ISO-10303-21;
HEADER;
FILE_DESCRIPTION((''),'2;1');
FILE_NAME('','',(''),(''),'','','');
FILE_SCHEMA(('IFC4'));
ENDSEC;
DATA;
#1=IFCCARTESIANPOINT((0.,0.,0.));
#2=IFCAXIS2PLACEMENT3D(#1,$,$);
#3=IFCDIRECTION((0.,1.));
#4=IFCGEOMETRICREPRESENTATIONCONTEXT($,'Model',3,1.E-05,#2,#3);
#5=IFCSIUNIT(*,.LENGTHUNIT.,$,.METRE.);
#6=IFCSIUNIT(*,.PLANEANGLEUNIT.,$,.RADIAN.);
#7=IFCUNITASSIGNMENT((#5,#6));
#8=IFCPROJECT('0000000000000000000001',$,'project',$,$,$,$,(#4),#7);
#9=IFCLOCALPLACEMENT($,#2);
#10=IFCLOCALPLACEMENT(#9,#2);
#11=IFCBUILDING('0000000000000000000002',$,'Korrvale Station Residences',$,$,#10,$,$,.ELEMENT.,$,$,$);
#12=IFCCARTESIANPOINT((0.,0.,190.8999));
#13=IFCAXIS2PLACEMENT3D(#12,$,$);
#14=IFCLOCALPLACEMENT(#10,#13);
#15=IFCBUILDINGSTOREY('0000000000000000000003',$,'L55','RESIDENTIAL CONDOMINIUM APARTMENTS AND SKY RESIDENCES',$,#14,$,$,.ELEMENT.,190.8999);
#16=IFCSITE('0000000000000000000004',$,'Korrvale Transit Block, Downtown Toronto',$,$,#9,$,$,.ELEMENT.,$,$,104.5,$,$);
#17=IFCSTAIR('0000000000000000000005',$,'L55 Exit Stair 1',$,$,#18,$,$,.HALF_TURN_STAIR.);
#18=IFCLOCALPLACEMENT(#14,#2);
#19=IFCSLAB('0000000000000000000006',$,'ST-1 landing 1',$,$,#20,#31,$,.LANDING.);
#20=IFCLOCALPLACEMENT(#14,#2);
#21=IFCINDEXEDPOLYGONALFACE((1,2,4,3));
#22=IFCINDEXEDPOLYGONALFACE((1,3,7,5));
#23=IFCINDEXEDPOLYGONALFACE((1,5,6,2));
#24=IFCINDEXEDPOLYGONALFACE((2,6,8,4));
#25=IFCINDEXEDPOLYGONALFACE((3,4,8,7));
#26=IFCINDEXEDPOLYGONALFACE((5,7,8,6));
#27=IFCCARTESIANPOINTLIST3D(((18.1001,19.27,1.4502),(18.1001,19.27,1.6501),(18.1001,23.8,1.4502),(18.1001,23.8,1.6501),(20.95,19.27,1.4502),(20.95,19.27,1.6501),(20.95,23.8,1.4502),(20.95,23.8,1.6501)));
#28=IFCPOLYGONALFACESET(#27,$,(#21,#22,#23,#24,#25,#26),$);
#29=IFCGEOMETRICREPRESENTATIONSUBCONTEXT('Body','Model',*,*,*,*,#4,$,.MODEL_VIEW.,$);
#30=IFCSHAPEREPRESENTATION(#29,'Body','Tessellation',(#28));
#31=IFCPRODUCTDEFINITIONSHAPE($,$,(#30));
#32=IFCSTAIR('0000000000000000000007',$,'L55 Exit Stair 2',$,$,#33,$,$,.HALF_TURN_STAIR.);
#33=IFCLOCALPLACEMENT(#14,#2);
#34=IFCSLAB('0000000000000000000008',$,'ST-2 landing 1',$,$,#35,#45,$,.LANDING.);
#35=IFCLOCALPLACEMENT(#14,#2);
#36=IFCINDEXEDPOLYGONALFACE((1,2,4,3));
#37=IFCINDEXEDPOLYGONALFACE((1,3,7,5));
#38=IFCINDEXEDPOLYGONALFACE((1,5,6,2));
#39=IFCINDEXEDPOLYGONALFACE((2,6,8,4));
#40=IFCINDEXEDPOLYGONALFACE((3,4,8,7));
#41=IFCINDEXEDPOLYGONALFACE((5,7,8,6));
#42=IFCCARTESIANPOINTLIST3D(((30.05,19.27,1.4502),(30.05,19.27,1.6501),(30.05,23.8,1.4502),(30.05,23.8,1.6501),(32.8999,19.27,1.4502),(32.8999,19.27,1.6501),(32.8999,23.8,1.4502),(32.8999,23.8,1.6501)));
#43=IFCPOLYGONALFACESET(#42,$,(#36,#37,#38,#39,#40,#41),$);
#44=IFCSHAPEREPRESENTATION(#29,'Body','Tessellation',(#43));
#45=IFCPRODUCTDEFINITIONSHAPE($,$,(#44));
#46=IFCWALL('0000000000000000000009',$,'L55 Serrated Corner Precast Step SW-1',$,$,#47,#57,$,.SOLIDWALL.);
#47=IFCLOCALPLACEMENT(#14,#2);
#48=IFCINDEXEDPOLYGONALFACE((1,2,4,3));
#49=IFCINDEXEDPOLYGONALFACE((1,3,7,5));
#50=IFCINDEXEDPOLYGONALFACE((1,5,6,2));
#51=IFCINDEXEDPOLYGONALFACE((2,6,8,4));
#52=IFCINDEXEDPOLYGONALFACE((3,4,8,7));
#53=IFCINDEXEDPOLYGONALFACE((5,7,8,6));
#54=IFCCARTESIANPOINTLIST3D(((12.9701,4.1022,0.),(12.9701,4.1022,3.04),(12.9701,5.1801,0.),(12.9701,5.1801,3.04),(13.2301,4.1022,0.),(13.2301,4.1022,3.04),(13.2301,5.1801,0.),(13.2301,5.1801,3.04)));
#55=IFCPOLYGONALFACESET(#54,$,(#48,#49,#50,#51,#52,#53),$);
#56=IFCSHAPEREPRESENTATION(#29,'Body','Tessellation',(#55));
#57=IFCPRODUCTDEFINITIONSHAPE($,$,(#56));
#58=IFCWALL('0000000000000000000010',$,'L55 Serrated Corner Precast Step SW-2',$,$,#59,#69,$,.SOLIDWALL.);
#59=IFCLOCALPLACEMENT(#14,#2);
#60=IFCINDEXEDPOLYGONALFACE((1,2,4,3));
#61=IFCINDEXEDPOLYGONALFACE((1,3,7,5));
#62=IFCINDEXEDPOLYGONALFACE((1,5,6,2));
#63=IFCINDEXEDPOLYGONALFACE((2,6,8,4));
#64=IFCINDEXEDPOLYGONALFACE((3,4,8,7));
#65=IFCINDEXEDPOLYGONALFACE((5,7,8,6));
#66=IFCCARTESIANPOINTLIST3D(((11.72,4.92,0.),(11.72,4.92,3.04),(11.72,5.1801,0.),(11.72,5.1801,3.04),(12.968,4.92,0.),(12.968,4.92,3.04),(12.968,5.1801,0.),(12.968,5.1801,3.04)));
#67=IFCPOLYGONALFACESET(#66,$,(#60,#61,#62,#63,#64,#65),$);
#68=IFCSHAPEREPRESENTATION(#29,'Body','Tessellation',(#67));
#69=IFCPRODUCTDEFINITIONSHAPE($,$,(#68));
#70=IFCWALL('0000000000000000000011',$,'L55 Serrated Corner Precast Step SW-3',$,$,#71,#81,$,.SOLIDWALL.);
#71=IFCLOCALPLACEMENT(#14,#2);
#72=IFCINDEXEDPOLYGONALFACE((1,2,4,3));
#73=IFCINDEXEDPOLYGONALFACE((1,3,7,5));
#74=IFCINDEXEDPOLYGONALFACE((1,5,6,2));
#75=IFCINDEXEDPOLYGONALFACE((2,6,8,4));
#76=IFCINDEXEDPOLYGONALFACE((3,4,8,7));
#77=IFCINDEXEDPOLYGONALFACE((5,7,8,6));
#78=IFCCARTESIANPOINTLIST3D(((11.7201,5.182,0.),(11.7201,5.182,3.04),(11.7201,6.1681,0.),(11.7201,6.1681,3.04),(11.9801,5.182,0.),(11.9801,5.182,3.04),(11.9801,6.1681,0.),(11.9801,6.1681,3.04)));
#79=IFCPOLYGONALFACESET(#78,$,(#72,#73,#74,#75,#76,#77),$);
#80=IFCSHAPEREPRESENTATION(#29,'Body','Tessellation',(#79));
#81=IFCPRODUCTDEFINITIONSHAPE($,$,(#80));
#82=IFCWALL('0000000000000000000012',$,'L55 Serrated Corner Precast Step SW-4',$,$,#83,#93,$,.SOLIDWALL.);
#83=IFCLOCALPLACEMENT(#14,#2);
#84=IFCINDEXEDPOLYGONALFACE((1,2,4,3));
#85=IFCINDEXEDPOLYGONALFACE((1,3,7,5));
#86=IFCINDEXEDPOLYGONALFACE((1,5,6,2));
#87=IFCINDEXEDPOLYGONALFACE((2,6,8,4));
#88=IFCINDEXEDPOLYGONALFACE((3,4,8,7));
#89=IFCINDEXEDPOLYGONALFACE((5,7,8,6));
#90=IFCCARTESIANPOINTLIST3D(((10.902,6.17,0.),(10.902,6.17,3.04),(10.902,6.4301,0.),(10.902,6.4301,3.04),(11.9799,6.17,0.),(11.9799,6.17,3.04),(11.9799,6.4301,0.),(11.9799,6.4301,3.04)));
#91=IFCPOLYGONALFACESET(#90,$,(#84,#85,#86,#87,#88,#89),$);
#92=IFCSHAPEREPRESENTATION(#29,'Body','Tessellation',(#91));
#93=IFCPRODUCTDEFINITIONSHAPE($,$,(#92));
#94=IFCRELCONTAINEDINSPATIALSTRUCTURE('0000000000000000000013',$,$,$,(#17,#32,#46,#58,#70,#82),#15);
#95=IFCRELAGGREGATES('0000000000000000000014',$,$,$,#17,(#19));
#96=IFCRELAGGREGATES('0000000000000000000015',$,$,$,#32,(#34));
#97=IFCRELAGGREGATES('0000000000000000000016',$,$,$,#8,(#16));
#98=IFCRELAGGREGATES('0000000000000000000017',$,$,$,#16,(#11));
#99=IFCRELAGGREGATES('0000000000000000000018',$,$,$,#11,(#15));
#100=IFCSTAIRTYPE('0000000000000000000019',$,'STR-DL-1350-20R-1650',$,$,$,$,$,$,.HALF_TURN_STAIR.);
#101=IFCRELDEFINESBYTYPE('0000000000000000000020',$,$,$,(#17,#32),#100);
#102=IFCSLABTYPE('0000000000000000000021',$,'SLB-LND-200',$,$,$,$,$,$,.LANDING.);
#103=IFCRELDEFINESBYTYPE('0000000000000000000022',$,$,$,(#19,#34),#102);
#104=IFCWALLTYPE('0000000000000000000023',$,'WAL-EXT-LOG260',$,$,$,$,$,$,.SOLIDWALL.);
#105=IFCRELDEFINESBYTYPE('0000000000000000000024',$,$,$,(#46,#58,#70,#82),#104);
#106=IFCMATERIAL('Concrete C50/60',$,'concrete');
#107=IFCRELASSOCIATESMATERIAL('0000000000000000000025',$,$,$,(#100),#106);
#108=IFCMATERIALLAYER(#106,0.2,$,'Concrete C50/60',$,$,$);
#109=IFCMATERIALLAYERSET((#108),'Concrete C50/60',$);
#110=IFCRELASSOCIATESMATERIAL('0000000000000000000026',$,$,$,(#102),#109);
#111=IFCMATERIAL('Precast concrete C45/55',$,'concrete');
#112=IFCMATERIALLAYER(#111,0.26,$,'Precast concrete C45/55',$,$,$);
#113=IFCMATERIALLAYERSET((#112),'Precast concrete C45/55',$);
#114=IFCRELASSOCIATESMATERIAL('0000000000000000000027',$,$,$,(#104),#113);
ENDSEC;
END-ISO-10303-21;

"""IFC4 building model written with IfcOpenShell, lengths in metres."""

from ifc_helpers import new_model, si_unit, direction, frame, frame_2d, origin, place, context, subcontext, project, spatial, polyline, rectangle, outline, extrude, material, layer, layer_set, type_object, element, aggregate, save


model = new_model("IFC4")

# Units and contexts
model_context = context("Model", 3, precision=1e-05, world=origin(), true_north=direction((0.0, 1.0)))
body_context = subcontext(model_context, "Body", "Model", "MODEL_VIEW")
ifc_project = project(units=[si_unit("LENGTHUNIT", "METRE"), si_unit("PLANEANGLEUNIT", "RADIAN")], contexts=[model_context])

# Site, building, storey
site_placement = place(None, origin())
site = spatial("IfcSite", under=ifc_project, at=site_placement, Name="Korrvale Transit Block, Downtown Toronto", CompositionType="ELEMENT", RefElevation=104.5)
building_placement = place(site_placement, origin())
building = spatial("IfcBuilding", under=site, at=building_placement, Name="Korrvale Station Residences", CompositionType="ELEMENT")
storey_placement = place(building_placement, frame((0.0, 0.0, 190.8999)))
storey = spatial("IfcBuildingStorey", under=building, at=storey_placement, Name="L55", Description="RESIDENTIAL CONDOMINIUM APARTMENTS AND SKY RESIDENCES", CompositionType="ELEMENT", Elevation=190.8999)

# Shared definitions
ifc_material_1 = material(Name="Concrete C50/60", Category="concrete")

# Stairs, slabs
stair_type = type_object("IfcStairType", Name="STR-DL-1350-20R-1650", PredefinedType="HALF_TURN_STAIR", material=ifc_material_1)
stair_1_placement = place(storey_placement, origin())
stair_1 = element("IfcStair", 1, at=stair_1_placement, inside=storey, type_object=stair_type, Name="L55 Exit Stair 1", PredefinedType="HALF_TURN_STAIR")
ifc_layer_1 = layer(ifc_material_1, 0.2, Name="Concrete C50/60")
ifc_layer_set_1 = layer_set([ifc_layer_1], Name="Concrete C50/60")
slab_type_1 = type_object("IfcSlabType", Name="SLB-LND-200", PredefinedType="LANDING", material=ifc_layer_set_1)
slab_1_placement = place(storey_placement, frame((0.0, 0.0, 1.4502)))
slab_1 = element("IfcSlab", 2, at=slab_1_placement, type_object=slab_type_1, Name="ST-1 landing 1", PredefinedType="LANDING", context=body_context, shape_type="SweptSolid", body=[
    extrude(outline(polyline([(20.95, 19.27), (20.95, 23.8), (18.1001, 23.8), (18.1001, 19.27), (20.95, 19.27)])), origin(), (0.0, 0.0, 1.0), 0.2),
])
aggregate(stair_1, [slab_1])
stair_2_placement = place(storey_placement, origin())
stair_2 = element("IfcStair", 3, at=stair_2_placement, inside=storey, type_object=stair_type, Name="L55 Exit Stair 2", PredefinedType="HALF_TURN_STAIR")
slab_2_placement = place(storey_placement, frame((0.0, 0.0, 1.4502)))
slab_2 = element("IfcSlab", 4, at=slab_2_placement, type_object=slab_type_1, Name="ST-2 landing 1", PredefinedType="LANDING", context=body_context, shape_type="SweptSolid", body=[
    extrude(outline(polyline([(32.8999, 19.27), (32.8999, 23.8), (30.05, 23.8), (30.05, 19.27), (32.8999, 19.27)])), origin(), (0.0, 0.0, 1.0), 0.2),
])
aggregate(stair_2, [slab_2])

# Walls
ifc_material_2 = material(Name="Precast concrete C45/55", Category="concrete")
ifc_layer_2 = layer(ifc_material_2, 0.26, Name="Precast concrete C45/55")
ifc_layer_set_2 = layer_set([ifc_layer_2], Name="Precast concrete C45/55")
wall_type_1 = type_object("IfcWallType", Name="WAL-EXT-LOG260", PredefinedType="SOLIDWALL", material=ifc_layer_set_2)
wall_1_placement = place(storey_placement, frame((13.1001, 4.1021, 0.0), z_axis=(0.0, 0.0, 1.0), x_axis=(0.0, 1.0, 0.0)))
element("IfcWall", 5, at=wall_1_placement, inside=storey, type_object=wall_type_1, Name="L55 Serrated Corner Precast Step SW-1", PredefinedType="SOLIDWALL", context=body_context, shape_type="SweptSolid", body=[
    extrude(rectangle(XDim=1.0779, YDim=0.26, at=frame_2d((0.5391, 0.0))), origin(), (0.0, 0.0, 1.0), 3.04),
])
wall_2_placement = place(storey_placement, frame((12.968, 5.05, 0.0), z_axis=(0.0, 0.0, 1.0), x_axis=(-1.0, 0.0, 0.0)))
element("IfcWall", 6, at=wall_2_placement, inside=storey, type_object=wall_type_1, Name="L55 Serrated Corner Precast Step SW-2", PredefinedType="SOLIDWALL", context=body_context, shape_type="SweptSolid", body=[
    extrude(rectangle(XDim=1.248, YDim=0.26, at=frame_2d((0.624, 0.0))), origin(), (0.0, 0.0, 1.0), 3.04),
])
wall_3_placement = place(storey_placement, frame((11.8501, 5.1819, 0.0), z_axis=(0.0, 0.0, 1.0), x_axis=(0.0, 1.0, 0.0)))
element("IfcWall", 7, at=wall_3_placement, inside=storey, type_object=wall_type_1, Name="L55 Serrated Corner Precast Step SW-3", PredefinedType="SOLIDWALL", context=body_context, shape_type="SweptSolid", body=[
    extrude(rectangle(XDim=0.9861, YDim=0.26, at=frame_2d((0.4932, 0.0))), origin(), (0.0, 0.0, 1.0), 3.04),
])
wall_4_placement = place(storey_placement, frame((11.98, 6.3, 0.0), z_axis=(0.0, 0.0, 1.0), x_axis=(-1.0, 0.0, 0.0)))
element("IfcWall", 8, at=wall_4_placement, inside=storey, type_object=wall_type_1, Name="L55 Serrated Corner Precast Step SW-4", PredefinedType="SOLIDWALL", context=body_context, shape_type="SweptSolid", body=[
    extrude(rectangle(XDim=1.0779, YDim=0.26, at=frame_2d((0.5391, 0.0))), origin(), (0.0, 0.0, 1.0), 3.04),
])

save(model, "model.ifc")
